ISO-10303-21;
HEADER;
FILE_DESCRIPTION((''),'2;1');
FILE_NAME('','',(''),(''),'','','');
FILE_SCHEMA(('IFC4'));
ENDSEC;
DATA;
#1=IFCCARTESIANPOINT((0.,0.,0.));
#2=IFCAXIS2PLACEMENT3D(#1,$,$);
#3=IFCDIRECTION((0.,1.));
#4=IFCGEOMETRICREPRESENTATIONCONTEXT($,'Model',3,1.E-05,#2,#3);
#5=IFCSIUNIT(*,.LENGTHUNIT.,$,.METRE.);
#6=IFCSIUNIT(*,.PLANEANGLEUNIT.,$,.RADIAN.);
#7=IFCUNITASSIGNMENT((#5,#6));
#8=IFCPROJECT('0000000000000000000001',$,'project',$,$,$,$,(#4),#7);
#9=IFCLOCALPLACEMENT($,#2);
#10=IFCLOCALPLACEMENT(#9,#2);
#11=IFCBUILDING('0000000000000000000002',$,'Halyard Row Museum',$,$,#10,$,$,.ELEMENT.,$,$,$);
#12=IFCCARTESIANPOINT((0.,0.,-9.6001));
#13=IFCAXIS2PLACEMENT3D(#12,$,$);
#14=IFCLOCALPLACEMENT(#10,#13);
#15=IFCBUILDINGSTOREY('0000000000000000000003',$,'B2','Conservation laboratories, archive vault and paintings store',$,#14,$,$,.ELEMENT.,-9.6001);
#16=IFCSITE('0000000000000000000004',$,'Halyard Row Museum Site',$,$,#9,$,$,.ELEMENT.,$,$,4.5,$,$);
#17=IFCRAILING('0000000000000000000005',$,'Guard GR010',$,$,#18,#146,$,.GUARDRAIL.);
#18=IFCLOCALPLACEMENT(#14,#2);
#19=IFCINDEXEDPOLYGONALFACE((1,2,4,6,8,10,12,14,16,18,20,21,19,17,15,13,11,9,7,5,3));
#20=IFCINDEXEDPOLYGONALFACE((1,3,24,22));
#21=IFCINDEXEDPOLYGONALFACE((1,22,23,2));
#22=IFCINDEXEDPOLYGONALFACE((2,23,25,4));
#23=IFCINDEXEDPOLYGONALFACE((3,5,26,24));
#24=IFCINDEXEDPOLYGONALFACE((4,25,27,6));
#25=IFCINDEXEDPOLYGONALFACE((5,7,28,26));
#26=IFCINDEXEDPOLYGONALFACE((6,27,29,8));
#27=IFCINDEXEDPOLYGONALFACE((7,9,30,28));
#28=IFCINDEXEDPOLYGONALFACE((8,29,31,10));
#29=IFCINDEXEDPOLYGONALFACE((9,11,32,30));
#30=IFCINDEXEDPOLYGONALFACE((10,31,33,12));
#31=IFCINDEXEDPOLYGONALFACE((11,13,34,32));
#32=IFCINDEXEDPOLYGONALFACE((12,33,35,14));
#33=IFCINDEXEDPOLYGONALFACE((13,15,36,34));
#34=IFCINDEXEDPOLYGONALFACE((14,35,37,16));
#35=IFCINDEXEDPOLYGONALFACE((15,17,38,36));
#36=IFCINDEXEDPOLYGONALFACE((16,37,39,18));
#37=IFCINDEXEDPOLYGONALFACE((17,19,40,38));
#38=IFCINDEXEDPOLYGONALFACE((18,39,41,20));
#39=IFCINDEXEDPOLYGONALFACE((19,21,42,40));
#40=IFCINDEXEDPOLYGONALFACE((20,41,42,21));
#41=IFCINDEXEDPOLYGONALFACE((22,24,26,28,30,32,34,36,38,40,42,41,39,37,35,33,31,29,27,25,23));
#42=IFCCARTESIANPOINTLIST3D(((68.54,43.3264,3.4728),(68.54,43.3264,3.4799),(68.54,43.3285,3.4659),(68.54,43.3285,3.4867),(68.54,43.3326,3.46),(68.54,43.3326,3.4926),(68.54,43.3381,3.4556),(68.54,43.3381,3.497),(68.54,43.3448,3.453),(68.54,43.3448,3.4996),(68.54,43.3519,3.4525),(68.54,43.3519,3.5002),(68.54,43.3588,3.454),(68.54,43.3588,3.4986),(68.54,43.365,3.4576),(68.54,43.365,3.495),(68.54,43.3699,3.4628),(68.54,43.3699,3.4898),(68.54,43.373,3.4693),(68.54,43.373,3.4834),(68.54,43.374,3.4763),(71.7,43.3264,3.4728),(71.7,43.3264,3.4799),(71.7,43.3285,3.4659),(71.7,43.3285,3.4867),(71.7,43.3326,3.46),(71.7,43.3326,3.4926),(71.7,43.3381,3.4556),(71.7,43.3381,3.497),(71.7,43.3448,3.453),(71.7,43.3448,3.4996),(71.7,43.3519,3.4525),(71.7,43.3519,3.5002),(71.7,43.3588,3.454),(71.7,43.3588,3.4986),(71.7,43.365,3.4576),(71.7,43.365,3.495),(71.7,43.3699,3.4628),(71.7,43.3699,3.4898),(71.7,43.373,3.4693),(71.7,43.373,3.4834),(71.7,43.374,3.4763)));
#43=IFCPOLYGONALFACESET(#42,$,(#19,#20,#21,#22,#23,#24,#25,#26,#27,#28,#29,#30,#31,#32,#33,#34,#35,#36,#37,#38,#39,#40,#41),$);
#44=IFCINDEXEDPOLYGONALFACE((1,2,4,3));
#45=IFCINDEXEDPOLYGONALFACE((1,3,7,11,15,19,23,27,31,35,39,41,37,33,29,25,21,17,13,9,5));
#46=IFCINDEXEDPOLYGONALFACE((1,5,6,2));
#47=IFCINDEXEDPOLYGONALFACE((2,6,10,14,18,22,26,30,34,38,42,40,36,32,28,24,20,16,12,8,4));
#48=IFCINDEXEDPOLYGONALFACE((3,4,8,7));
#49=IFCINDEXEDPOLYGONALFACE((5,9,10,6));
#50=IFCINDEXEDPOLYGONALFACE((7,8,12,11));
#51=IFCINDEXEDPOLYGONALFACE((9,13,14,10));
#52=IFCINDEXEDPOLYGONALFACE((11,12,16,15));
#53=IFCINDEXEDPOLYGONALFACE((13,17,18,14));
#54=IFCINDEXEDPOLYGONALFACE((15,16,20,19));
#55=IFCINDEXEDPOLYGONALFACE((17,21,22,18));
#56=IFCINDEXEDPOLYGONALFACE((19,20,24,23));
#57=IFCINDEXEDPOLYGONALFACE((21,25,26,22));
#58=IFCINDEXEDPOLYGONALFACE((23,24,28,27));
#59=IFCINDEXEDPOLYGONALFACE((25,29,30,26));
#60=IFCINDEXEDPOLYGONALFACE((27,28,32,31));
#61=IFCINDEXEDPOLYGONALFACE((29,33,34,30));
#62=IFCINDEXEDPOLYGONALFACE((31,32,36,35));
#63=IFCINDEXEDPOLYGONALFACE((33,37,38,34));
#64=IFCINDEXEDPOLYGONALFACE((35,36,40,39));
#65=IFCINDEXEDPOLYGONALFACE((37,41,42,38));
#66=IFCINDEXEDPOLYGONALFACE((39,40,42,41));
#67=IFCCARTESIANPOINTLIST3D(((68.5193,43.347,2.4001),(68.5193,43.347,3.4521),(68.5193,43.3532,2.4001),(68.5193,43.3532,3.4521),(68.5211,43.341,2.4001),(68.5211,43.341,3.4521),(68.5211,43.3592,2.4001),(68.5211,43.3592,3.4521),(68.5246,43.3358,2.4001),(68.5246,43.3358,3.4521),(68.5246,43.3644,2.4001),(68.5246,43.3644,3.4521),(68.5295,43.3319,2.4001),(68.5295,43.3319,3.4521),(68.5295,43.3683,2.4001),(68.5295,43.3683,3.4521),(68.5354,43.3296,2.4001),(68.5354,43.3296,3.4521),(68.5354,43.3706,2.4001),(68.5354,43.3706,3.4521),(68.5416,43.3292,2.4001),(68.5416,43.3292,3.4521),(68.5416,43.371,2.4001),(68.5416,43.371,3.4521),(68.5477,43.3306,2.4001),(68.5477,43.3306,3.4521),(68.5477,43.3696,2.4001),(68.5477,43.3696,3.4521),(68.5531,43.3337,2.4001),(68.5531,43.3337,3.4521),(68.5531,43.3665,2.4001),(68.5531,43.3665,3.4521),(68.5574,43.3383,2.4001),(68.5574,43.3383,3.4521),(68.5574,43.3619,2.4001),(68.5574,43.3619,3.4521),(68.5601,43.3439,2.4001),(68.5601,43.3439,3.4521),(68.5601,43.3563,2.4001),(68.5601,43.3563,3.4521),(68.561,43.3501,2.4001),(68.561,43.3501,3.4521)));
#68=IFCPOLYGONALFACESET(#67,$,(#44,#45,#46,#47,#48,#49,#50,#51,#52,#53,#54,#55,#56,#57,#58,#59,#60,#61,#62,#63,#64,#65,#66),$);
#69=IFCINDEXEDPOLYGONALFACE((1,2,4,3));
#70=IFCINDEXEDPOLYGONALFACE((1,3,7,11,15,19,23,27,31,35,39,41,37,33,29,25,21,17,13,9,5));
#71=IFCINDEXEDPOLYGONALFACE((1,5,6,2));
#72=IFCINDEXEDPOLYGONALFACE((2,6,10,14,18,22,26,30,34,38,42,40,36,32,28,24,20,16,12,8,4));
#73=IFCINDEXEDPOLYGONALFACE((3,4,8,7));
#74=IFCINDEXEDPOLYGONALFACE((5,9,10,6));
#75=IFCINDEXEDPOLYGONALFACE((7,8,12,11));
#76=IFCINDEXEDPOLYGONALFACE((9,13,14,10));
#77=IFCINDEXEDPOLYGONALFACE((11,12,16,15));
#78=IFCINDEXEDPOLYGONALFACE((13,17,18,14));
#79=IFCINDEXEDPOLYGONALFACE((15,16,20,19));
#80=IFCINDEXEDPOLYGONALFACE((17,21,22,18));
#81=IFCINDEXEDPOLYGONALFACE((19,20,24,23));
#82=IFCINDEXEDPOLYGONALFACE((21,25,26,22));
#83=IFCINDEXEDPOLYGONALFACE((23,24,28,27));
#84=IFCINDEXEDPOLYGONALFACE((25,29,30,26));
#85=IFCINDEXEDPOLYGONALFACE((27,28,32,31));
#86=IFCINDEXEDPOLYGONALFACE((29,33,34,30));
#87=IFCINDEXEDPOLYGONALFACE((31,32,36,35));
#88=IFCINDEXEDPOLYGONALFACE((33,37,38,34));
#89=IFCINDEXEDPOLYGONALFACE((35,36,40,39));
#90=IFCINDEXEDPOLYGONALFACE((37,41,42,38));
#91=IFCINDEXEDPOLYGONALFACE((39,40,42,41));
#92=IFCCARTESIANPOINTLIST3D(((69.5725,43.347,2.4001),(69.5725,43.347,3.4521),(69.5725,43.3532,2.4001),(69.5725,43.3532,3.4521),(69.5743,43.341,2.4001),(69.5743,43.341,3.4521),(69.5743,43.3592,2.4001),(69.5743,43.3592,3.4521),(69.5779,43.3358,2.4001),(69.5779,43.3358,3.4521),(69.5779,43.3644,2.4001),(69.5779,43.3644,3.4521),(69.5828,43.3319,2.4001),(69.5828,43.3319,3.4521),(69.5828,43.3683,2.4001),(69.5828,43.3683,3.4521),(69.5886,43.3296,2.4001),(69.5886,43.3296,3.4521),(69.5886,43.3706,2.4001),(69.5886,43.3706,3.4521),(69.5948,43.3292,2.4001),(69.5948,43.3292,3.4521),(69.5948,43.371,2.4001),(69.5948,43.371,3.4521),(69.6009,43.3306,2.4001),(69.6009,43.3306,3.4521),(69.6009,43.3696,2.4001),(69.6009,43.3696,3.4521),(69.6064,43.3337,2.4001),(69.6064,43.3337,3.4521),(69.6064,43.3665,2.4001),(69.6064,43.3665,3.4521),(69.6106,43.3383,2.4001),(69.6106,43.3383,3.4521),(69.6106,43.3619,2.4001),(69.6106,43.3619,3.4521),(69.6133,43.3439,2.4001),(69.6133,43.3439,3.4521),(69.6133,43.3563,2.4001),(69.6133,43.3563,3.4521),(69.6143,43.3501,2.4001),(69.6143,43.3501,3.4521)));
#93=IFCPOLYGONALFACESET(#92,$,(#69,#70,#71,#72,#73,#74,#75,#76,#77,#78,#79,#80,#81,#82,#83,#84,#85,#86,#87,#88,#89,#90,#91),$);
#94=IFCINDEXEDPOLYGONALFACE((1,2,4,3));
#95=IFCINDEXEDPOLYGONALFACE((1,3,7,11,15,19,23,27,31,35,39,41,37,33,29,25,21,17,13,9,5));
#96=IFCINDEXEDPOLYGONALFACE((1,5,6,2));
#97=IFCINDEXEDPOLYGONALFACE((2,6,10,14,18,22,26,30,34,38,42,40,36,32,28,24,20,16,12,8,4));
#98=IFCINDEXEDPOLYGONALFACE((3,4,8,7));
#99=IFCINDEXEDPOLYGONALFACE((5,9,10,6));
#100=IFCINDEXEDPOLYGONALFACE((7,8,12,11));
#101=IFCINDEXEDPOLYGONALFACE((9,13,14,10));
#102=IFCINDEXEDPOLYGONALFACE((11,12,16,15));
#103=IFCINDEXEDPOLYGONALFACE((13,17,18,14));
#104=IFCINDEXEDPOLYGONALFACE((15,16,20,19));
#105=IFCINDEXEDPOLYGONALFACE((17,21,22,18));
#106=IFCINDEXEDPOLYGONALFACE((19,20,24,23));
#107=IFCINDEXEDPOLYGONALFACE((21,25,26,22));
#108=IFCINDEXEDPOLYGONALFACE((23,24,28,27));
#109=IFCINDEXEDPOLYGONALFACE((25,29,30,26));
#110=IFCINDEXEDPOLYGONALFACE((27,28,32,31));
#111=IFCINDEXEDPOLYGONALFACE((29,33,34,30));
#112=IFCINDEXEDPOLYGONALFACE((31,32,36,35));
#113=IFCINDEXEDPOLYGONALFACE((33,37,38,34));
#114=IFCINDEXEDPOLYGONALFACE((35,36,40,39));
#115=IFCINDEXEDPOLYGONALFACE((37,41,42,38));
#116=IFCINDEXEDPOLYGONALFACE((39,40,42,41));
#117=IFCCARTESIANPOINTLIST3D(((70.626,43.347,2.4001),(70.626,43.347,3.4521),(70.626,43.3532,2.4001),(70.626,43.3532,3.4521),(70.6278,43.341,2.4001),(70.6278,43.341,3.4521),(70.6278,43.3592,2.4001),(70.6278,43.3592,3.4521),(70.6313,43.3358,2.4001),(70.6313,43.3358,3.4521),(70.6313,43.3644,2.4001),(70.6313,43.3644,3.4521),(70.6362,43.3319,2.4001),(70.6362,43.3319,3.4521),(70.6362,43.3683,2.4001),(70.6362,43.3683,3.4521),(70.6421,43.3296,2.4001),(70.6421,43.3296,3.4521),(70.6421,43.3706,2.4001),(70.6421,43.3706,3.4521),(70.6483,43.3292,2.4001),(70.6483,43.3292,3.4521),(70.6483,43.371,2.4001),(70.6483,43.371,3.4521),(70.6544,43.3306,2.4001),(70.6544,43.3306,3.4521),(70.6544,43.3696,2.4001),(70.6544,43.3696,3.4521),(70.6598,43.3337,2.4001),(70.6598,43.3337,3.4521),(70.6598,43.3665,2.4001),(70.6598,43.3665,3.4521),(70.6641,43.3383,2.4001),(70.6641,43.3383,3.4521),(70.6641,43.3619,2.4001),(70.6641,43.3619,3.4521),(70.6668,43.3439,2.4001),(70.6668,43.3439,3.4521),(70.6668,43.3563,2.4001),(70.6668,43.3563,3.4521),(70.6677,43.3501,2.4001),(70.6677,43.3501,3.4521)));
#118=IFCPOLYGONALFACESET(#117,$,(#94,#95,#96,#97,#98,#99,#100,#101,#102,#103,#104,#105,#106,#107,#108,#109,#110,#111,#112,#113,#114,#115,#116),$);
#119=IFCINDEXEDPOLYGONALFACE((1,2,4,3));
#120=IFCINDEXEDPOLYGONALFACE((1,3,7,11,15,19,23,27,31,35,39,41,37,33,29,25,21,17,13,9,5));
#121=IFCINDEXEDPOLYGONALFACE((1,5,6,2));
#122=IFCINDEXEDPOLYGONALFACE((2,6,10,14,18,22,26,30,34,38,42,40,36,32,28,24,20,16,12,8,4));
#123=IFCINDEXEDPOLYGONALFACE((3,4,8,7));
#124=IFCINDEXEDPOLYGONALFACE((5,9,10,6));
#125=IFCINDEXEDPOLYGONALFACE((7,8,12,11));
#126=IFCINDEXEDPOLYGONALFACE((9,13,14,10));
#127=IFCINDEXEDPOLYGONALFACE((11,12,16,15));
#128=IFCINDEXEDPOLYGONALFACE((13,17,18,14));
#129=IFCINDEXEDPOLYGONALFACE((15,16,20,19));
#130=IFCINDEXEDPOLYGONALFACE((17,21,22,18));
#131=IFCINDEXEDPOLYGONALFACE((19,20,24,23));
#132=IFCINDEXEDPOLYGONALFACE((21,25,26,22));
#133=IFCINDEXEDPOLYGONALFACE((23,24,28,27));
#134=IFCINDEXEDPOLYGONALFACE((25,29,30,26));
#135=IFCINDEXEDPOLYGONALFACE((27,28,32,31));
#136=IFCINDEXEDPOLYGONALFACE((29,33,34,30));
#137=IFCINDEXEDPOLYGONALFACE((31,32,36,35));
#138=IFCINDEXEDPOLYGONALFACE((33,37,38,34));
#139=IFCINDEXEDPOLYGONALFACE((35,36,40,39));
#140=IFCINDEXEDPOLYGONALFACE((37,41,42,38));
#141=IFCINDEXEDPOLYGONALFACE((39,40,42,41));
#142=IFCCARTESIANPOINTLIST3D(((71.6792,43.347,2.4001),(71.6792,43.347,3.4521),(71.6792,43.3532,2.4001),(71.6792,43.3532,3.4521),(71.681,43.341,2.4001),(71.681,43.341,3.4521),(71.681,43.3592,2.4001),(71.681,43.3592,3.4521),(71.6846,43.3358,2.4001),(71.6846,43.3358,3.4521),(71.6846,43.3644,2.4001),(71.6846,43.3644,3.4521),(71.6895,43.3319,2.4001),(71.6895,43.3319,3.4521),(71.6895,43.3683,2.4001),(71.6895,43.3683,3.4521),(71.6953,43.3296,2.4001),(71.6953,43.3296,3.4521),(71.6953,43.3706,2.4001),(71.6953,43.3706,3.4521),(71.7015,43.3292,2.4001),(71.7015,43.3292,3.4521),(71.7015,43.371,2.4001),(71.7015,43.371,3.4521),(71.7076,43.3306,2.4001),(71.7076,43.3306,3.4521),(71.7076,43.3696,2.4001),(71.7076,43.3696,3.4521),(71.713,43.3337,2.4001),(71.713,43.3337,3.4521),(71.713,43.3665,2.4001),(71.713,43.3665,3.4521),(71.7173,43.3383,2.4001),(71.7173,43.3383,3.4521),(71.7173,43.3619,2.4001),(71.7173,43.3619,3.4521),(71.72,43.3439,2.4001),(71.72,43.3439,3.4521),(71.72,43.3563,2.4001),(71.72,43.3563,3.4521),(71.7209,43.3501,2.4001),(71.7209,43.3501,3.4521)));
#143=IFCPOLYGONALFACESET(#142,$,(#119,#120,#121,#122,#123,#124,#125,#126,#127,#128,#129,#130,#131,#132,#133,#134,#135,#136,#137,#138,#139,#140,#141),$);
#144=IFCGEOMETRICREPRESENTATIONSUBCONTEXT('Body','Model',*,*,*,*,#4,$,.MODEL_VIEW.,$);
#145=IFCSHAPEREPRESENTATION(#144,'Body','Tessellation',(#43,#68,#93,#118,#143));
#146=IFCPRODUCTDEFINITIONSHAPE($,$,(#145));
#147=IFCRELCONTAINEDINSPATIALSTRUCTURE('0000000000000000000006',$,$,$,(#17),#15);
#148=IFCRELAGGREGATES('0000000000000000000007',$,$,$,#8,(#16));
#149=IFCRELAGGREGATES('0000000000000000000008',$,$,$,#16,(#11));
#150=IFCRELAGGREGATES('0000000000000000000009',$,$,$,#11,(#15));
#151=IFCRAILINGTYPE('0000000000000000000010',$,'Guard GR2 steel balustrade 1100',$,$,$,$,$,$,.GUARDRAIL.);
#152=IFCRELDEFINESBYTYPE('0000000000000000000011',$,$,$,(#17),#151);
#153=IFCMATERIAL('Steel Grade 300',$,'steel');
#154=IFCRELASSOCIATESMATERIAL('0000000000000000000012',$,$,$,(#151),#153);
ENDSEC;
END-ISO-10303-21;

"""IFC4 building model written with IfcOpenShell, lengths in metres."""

from ifc_helpers import new_model, si_unit, direction, frame, origin, origin_2d, place, context, subcontext, project, spatial, circle, extrude, material, type_object, element, save


model = new_model("IFC4")

# Units and contexts
model_context = context("Model", 3, precision=1e-05, world=origin(), true_north=direction((0.0, 1.0)))
body_context = subcontext(model_context, "Body", "Model", "MODEL_VIEW")
ifc_project = project(units=[si_unit("LENGTHUNIT", "METRE"), si_unit("PLANEANGLEUNIT", "RADIAN")], contexts=[model_context])

# Site, building, storey
site_placement = place(None, origin())
site = spatial("IfcSite", under=ifc_project, at=site_placement, Name="Halyard Row Museum Site", CompositionType="ELEMENT", RefElevation=4.5)
building_placement = place(site_placement, origin())
building = spatial("IfcBuilding", under=site, at=building_placement, Name="Halyard Row Museum", CompositionType="ELEMENT")
storey_placement = place(building_placement, frame((0.0, 0.0, -9.6001)))
storey = spatial("IfcBuildingStorey", under=building, at=storey_placement, Name="B2", Description="Conservation laboratories, archive vault and paintings store", CompositionType="ELEMENT", Elevation=-9.6001)

# Railing
ifc_material_1 = material(Name="Steel Grade 300", Category="steel")
railing_type_1 = type_object("IfcRailingType", Name="Guard GR2 steel balustrade 1100", PredefinedType="GUARDRAIL", material=ifc_material_1)
railing_1_placement = place(storey_placement, frame((68.54, 43.3501, 2.4001)))
element("IfcRailing", 1, at=railing_1_placement, inside=storey, type_object=railing_type_1, Name="Guard GR010", PredefinedType="GUARDRAIL", context=body_context, shape_type="SweptSolid", body=[
    extrude(circle(Radius=0.0239, at=origin_2d()), frame((0.0, 0.0, 1.0762), z_axis=(1.0, 0.0, 0.0), x_axis=(0.0, 1.0, 0.0)), (0.0, 0.0, 1.0), 3.1599),
    extrude(circle(Radius=0.021, at=origin_2d()), origin(), (0.0, 0.0, 1.0), 1.052),
    extrude(circle(Radius=0.021, at=origin_2d()), frame((1.0532, 0.0, 0.0)), (0.0, 0.0, 1.0), 1.052),
    extrude(circle(Radius=0.021, at=origin_2d()), frame((2.1067, 0.0, 0.0)), (0.0, 0.0, 1.0), 1.052),
    extrude(circle(Radius=0.021, at=origin_2d()), frame((3.1599, 0.0, 0.0)), (0.0, 0.0, 1.0), 1.052),
])

save(model, "model.ifc")
